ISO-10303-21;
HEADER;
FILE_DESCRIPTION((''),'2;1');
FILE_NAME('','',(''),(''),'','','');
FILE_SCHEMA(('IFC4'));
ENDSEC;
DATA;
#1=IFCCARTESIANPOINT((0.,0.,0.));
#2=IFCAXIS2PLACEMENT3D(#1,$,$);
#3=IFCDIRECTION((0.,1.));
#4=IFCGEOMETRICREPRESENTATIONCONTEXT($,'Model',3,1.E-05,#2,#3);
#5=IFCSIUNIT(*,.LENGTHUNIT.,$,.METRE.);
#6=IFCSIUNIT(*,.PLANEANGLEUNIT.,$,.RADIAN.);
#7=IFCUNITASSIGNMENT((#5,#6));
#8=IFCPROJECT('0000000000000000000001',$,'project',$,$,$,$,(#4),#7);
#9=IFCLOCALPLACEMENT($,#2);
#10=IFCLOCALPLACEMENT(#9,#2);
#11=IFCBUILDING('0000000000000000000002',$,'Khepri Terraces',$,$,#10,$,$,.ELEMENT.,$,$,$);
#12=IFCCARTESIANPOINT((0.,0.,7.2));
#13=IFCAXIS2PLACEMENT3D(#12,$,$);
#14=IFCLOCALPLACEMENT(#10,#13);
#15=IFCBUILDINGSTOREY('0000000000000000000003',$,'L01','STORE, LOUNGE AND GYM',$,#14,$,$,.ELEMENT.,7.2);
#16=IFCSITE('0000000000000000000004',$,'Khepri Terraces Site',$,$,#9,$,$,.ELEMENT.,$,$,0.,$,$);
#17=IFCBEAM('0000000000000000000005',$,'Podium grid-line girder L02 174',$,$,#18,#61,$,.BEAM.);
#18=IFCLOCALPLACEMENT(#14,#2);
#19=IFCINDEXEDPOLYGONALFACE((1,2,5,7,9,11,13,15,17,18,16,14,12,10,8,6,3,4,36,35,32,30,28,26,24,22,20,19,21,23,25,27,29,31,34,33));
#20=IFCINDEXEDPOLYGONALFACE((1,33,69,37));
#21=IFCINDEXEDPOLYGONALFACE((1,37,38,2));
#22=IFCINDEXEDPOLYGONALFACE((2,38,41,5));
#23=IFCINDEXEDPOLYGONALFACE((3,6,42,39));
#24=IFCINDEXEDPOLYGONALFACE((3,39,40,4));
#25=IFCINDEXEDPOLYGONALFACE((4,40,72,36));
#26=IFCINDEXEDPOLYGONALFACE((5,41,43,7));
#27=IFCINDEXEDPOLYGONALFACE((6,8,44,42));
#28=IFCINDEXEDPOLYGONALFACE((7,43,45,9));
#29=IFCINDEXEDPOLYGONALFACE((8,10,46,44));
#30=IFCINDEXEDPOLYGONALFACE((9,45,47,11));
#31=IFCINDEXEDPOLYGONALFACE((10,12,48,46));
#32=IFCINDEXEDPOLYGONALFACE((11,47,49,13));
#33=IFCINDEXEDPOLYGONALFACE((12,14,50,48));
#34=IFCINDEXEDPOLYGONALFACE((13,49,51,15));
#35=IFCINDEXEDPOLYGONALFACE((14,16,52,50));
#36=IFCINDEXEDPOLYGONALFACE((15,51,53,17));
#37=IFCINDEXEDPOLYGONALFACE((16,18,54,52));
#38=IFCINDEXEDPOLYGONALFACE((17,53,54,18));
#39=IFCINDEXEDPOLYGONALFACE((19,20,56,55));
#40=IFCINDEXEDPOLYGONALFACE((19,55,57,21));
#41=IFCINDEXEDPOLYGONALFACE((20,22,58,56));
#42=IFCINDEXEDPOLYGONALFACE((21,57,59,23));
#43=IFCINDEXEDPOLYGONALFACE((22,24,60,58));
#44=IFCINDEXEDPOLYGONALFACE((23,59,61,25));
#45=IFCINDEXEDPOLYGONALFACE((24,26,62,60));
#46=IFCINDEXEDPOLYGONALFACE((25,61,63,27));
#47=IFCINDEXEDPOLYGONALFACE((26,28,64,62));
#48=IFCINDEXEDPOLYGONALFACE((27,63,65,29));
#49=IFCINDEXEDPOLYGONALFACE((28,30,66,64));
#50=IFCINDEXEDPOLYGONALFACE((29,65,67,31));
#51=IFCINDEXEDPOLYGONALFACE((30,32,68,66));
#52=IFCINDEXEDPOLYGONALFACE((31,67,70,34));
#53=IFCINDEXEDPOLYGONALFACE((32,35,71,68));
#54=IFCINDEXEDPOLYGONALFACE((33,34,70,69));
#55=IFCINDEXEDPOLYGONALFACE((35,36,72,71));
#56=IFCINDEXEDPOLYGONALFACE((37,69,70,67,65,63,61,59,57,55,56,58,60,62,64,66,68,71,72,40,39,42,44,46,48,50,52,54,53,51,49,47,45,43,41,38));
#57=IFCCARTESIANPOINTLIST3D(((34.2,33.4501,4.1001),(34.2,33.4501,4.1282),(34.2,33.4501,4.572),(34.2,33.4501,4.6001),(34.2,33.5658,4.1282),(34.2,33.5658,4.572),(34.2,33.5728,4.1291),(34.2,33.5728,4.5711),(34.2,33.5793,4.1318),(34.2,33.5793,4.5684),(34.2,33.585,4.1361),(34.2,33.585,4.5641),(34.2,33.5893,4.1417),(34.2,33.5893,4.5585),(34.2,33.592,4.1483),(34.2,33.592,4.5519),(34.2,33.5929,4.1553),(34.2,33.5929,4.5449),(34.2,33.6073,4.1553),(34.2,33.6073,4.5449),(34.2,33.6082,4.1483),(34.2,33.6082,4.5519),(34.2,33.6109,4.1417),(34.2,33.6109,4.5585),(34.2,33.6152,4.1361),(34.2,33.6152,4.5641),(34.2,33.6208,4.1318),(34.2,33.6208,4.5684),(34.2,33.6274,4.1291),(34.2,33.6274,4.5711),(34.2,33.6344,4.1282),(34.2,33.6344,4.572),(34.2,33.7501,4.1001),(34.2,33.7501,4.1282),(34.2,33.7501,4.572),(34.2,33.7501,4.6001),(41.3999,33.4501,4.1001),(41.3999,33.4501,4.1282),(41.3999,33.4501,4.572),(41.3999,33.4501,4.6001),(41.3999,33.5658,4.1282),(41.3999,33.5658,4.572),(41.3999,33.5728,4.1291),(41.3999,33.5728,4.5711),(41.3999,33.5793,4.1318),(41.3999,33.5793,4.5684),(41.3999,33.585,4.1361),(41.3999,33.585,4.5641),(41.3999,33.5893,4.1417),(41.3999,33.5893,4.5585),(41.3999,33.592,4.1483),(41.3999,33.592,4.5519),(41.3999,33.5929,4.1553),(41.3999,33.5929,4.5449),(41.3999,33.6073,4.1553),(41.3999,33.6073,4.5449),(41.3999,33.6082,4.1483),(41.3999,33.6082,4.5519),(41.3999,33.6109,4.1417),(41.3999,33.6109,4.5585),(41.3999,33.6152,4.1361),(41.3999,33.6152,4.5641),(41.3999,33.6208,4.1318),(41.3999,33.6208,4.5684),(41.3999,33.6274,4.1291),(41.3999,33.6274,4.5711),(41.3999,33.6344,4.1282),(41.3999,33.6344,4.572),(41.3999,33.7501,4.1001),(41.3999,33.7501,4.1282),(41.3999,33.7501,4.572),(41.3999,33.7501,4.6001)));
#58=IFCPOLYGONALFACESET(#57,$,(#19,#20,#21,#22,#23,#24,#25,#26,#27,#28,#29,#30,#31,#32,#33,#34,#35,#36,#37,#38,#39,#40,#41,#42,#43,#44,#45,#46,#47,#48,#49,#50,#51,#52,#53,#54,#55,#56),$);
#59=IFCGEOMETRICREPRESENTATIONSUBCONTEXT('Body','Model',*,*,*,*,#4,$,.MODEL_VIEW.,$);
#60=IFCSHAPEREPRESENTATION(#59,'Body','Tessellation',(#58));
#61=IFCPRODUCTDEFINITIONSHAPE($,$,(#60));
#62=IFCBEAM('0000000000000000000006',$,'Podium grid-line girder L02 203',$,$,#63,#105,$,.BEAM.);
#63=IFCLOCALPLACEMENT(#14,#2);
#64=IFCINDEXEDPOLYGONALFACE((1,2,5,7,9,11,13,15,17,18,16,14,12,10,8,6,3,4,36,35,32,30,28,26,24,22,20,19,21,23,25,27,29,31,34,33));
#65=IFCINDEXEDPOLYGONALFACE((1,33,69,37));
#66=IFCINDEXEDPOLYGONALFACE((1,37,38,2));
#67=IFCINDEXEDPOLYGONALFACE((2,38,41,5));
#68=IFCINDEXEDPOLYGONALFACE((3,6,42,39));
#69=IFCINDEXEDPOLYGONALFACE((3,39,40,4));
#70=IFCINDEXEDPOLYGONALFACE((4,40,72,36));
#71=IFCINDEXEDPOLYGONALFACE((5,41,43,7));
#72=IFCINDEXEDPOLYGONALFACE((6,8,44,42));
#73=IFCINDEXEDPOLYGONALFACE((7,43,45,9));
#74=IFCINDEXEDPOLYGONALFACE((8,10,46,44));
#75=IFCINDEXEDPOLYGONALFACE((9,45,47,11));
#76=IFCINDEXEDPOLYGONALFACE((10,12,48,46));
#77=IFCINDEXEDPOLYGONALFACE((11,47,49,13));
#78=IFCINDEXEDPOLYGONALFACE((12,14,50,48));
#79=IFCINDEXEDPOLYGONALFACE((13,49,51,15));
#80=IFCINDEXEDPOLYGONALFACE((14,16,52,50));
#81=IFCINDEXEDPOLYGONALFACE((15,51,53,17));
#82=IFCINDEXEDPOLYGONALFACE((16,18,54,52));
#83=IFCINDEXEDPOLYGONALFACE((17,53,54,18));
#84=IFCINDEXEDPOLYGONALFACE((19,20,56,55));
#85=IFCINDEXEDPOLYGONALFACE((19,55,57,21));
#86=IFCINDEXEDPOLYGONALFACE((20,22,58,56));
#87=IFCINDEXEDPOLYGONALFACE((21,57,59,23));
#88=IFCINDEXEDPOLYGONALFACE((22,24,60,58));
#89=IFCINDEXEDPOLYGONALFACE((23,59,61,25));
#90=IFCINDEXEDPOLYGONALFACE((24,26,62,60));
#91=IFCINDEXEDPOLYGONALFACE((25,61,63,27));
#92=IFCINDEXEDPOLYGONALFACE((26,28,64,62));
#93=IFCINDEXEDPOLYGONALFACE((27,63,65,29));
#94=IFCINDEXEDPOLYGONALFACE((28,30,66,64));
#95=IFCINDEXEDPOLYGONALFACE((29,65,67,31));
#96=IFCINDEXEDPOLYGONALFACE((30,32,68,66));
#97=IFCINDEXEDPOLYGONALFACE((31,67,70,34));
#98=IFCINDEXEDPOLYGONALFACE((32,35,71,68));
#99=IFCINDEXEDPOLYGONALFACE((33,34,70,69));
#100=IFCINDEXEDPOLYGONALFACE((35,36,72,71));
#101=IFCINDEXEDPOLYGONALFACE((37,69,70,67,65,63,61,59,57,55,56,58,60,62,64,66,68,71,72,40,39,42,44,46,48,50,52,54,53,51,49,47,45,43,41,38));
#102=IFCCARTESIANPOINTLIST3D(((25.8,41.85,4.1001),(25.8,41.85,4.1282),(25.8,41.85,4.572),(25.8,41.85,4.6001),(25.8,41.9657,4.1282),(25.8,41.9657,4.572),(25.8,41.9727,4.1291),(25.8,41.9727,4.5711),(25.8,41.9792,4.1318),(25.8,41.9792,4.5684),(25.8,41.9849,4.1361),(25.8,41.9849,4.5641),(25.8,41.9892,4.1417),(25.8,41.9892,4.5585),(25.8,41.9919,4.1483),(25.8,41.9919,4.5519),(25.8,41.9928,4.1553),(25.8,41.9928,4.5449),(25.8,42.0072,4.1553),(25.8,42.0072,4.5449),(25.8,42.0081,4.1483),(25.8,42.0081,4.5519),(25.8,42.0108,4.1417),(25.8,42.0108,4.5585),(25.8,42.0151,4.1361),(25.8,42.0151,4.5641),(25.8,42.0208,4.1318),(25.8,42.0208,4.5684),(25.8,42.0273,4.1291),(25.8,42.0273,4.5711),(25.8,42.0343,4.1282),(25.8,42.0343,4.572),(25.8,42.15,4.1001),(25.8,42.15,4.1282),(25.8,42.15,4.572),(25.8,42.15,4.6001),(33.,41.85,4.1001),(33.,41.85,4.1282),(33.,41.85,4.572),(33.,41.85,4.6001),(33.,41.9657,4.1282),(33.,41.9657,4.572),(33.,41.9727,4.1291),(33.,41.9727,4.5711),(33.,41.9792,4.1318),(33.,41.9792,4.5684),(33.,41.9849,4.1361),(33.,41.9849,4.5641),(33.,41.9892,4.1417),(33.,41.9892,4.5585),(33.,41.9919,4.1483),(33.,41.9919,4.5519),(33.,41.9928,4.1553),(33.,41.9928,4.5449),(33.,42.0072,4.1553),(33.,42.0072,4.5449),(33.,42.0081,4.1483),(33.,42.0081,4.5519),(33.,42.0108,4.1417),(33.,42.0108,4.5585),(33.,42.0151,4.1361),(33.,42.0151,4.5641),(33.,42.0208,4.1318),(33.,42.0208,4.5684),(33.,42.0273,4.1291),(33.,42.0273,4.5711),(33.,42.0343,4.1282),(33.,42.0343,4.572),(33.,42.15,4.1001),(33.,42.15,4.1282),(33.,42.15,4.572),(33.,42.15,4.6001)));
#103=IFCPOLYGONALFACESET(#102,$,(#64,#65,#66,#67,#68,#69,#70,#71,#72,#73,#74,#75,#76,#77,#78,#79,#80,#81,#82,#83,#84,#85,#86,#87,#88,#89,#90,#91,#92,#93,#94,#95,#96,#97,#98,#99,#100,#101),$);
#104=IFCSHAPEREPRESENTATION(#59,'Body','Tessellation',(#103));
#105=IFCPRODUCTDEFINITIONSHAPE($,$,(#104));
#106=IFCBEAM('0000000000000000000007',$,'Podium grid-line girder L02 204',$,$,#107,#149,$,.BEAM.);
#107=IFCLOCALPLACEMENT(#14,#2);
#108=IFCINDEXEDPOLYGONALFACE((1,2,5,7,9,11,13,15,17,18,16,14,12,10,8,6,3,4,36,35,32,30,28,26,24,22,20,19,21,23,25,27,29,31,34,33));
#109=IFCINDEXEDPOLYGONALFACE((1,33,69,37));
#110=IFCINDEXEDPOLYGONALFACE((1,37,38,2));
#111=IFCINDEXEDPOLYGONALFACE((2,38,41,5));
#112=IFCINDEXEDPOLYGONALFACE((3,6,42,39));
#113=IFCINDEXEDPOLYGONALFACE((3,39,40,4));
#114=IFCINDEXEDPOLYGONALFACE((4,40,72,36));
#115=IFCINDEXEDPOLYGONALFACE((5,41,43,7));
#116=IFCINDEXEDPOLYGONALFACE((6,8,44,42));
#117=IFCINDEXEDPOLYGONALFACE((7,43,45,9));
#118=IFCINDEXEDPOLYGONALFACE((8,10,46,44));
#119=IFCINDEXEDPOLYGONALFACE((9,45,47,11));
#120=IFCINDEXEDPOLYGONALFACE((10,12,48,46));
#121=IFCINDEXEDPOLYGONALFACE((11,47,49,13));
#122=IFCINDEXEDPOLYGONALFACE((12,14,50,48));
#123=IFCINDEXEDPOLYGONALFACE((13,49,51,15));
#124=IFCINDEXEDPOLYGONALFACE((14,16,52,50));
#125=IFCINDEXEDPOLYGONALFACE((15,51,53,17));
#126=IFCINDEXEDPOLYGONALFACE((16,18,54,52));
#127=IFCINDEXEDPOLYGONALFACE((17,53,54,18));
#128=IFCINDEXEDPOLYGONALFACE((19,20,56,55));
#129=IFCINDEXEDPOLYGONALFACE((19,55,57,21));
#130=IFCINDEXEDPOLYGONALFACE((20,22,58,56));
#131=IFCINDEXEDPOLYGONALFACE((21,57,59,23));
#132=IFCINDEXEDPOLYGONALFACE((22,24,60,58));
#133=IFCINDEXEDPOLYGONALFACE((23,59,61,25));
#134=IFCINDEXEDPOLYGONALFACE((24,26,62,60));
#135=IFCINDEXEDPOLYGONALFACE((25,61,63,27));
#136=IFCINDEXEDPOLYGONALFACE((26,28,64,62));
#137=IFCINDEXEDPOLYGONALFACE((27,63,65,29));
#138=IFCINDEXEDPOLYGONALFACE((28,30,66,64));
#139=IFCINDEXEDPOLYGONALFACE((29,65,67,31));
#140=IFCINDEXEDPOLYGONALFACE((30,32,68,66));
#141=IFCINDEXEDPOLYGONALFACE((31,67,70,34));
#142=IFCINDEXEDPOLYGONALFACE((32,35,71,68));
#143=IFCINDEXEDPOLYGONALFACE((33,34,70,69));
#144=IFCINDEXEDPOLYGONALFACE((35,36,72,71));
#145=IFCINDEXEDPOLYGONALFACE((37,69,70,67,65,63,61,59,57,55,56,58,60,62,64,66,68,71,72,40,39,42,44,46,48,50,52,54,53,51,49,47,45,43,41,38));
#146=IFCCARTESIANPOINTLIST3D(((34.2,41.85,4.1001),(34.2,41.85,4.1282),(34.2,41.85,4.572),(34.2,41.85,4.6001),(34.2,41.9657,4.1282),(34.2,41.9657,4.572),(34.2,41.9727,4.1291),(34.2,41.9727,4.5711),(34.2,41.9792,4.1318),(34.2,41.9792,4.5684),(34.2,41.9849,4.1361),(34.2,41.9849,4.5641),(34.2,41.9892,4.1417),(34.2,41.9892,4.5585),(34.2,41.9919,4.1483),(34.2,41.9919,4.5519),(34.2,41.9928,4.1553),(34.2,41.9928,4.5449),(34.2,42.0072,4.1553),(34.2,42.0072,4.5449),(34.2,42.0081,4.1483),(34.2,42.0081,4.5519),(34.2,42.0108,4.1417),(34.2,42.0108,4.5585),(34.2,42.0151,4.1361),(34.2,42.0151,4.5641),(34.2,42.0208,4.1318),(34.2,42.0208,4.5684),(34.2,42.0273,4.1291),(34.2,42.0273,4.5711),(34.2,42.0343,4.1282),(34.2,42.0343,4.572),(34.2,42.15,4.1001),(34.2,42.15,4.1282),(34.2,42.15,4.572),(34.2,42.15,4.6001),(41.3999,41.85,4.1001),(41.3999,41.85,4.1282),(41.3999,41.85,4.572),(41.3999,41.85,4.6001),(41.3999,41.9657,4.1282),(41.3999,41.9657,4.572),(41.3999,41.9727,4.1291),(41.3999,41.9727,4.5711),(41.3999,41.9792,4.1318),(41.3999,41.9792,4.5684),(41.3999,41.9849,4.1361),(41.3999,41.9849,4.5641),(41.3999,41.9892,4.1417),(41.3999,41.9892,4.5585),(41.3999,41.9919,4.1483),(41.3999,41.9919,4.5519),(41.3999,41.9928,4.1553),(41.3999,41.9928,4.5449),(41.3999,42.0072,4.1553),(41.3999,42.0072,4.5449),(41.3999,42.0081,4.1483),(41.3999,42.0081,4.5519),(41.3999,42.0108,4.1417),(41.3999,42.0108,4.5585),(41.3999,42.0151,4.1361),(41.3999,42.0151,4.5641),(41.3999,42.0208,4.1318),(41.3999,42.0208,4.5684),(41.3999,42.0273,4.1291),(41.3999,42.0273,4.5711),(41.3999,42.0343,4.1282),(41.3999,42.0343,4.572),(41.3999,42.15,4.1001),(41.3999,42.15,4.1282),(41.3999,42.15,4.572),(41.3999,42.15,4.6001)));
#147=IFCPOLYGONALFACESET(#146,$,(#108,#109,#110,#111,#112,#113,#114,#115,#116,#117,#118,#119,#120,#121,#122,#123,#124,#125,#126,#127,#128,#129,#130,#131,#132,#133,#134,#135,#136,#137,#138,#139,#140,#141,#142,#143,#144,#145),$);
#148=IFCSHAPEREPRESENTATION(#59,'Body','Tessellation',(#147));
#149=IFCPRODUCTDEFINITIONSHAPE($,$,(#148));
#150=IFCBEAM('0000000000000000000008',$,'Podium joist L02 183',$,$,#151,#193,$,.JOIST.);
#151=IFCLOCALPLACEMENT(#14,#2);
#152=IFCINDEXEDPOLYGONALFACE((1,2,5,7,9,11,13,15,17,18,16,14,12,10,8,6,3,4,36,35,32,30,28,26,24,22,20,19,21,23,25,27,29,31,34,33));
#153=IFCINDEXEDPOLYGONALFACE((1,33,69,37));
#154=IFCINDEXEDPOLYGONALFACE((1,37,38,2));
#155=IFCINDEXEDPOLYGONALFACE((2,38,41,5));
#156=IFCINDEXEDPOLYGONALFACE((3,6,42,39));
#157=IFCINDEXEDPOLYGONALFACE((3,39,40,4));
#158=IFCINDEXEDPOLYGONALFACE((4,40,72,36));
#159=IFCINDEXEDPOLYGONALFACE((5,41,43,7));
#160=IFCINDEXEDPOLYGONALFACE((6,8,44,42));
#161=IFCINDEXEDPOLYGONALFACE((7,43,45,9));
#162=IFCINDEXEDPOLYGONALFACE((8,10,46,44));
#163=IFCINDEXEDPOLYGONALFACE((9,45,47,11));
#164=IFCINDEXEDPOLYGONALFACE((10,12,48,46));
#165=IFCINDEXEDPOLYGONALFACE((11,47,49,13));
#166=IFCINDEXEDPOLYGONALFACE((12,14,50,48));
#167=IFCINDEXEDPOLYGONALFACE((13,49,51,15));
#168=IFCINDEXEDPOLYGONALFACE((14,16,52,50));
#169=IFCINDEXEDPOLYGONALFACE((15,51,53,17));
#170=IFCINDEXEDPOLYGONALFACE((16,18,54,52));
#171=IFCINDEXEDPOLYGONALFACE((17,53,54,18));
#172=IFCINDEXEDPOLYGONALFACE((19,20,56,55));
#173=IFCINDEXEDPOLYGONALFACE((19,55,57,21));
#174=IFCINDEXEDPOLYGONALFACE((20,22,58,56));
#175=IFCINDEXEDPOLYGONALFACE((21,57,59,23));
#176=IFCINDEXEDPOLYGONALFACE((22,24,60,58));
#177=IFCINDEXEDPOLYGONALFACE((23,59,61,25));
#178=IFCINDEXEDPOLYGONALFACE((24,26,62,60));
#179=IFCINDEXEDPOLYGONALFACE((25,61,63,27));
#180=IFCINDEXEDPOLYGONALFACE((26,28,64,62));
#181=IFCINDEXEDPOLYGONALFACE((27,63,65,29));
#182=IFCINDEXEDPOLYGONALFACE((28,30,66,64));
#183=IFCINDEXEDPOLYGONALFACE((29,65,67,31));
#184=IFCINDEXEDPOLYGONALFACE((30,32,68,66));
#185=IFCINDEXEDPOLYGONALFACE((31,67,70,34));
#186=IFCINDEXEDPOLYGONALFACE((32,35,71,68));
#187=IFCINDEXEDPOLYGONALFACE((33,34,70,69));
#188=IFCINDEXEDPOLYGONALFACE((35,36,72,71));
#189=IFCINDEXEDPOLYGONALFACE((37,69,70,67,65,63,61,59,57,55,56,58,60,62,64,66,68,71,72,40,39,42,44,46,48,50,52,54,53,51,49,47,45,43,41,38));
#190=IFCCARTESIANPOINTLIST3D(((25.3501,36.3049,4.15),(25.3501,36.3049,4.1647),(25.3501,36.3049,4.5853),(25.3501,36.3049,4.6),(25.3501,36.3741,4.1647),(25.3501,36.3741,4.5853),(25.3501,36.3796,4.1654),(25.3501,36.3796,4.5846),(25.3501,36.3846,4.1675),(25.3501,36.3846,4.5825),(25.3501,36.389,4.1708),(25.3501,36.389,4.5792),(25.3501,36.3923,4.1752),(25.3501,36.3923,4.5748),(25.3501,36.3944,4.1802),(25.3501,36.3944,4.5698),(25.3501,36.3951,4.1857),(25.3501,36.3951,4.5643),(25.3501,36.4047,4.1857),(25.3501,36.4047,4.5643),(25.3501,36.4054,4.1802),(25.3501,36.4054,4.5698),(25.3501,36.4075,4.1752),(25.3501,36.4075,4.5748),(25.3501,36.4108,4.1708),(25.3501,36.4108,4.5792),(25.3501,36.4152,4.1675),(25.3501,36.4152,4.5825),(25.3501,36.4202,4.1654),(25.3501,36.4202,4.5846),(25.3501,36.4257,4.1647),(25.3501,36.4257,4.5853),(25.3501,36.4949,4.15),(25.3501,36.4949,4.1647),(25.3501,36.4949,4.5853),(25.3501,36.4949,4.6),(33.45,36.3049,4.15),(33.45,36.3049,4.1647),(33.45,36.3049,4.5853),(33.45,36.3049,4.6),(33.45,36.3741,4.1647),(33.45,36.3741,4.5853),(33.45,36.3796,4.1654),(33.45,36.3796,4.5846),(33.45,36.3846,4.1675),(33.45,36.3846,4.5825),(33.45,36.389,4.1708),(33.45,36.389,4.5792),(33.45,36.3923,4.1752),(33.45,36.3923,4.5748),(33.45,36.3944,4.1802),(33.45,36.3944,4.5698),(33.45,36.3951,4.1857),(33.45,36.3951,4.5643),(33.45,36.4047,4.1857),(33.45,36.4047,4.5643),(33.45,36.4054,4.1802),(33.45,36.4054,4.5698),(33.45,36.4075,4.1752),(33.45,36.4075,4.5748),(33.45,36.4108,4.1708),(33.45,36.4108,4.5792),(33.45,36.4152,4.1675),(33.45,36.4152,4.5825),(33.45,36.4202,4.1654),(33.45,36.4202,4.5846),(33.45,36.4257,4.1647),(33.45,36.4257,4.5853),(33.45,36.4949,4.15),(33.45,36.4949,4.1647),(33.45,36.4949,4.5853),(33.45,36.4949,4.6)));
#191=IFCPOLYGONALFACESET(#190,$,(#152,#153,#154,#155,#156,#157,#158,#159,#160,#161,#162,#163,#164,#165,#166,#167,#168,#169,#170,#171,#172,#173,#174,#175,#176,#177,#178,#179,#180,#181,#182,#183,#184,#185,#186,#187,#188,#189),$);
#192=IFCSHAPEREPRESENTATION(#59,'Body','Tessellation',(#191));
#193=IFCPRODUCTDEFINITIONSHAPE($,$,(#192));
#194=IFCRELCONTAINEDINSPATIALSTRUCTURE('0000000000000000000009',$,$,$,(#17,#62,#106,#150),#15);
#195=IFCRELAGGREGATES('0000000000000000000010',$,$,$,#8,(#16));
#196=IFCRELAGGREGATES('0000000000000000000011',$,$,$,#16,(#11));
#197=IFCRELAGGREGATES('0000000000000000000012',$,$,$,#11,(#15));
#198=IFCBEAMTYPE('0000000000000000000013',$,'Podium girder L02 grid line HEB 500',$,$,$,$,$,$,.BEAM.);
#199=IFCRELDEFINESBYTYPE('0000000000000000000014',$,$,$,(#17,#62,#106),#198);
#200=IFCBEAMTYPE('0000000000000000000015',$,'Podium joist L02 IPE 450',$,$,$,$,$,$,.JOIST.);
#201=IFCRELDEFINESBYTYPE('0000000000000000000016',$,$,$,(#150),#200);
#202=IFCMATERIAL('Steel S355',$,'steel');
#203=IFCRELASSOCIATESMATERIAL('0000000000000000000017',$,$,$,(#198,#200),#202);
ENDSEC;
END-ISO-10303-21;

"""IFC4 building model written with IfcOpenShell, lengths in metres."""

from ifc_helpers import new_model, si_unit, direction, frame, origin, origin_2d, place, context, subcontext, project, spatial, i_section, extrude, material, material_profile, profile_set, type_object, element, save


model = new_model("IFC4")

# Units and contexts
model_context = context("Model", 3, precision=1e-05, world=origin(), true_north=direction((0.0, 1.0)))
body_context = subcontext(model_context, "Body", "Model", "MODEL_VIEW")
ifc_project = project(units=[si_unit("LENGTHUNIT", "METRE"), si_unit("PLANEANGLEUNIT", "RADIAN")], contexts=[model_context])

# Site, building, storey
site_placement = place(None, origin())
site = spatial("IfcSite", under=ifc_project, at=site_placement, Name="Khepri Terraces Site", CompositionType="ELEMENT", RefElevation=0.0)
building_placement = place(site_placement, origin())
building = spatial("IfcBuilding", under=site, at=building_placement, Name="Khepri Terraces", CompositionType="ELEMENT")
storey_placement = place(building_placement, frame((0.0, 0.0, 7.2)))
storey = spatial("IfcBuildingStorey", under=building, at=storey_placement, Name="L01", Description="STORE, LOUNGE AND GYM", CompositionType="ELEMENT", Elevation=7.2)

# Beams
ifc_material_1 = material(Name="Steel S355", Category="steel")
ifc_material_profile_1 = material_profile(ifc_material_1, i_section(OverallWidth=0.3, OverallDepth=0.5, WebThickness=0.0144, FlangeThickness=0.0281, FilletRadius=0.0271, at=origin_2d()), Name="Steel S355", Category="steel")
ifc_profile_set_1 = profile_set([ifc_material_profile_1], Name="Steel S355")
beam_type_1 = type_object("IfcBeamType", Name="Podium girder L02 grid line HEB 500", PredefinedType="BEAM", material=ifc_profile_set_1)
for number, where, z_axis, x_axis, name in (
    (1, (34.2, 33.6001, 4.3501), (1.0, 0.0, 0.0), (0.0, 1.0, 0.0), "Podium grid-line girder L02 174"),
    (2, (25.8, 42.0, 4.3501), (1.0, 0.0, 0.0), (0.0, 1.0, 0.0), "Podium grid-line girder L02 203"),
    (3, (34.2, 42.0, 4.3501), (1.0, 0.0, 0.0), (0.0, 1.0, 0.0), "Podium grid-line girder L02 204"),
):
    element("IfcBeam", number, at=place(storey_placement, frame(where, z_axis=z_axis, x_axis=x_axis)), inside=storey, type_object=beam_type_1, Name=name, PredefinedType="BEAM", context=body_context, shape_type="SweptSolid", body=[
        extrude(i_section(OverallWidth=0.3, OverallDepth=0.5, WebThickness=0.0144, FlangeThickness=0.0281, FilletRadius=0.0271, at=origin_2d()), origin(), (0.0, 0.0, 1.0), 7.2),
    ])
ifc_material_profile_2 = material_profile(ifc_material_1, i_section(OverallWidth=0.1899, OverallDepth=0.45, WebThickness=0.0095, FlangeThickness=0.0146, FilletRadius=0.021, at=origin_2d()), Name="Steel S355", Category="steel")
ifc_profile_set_2 = profile_set([ifc_material_profile_2], Name="Steel S355")
beam_type_2 = type_object("IfcBeamType", Name="Podium joist L02 IPE 450", PredefinedType="JOIST", material=ifc_profile_set_2)
beam_1_placement = place(storey_placement, frame((25.3501, 36.3999, 4.375), z_axis=(1.0, 0.0, 0.0), x_axis=(0.0, 1.0, 0.0)))
element("IfcBeam", 4, at=beam_1_placement, inside=storey, type_object=beam_type_2, Name="Podium joist L02 183", PredefinedType="JOIST", context=body_context, shape_type="SweptSolid", body=[
    extrude(i_section(OverallWidth=0.1899, OverallDepth=0.45, WebThickness=0.0095, FlangeThickness=0.0146, FilletRadius=0.021, at=origin_2d()), origin(), (0.0, 0.0, 1.0), 8.0999),
])

save(model, "model.ifc")
